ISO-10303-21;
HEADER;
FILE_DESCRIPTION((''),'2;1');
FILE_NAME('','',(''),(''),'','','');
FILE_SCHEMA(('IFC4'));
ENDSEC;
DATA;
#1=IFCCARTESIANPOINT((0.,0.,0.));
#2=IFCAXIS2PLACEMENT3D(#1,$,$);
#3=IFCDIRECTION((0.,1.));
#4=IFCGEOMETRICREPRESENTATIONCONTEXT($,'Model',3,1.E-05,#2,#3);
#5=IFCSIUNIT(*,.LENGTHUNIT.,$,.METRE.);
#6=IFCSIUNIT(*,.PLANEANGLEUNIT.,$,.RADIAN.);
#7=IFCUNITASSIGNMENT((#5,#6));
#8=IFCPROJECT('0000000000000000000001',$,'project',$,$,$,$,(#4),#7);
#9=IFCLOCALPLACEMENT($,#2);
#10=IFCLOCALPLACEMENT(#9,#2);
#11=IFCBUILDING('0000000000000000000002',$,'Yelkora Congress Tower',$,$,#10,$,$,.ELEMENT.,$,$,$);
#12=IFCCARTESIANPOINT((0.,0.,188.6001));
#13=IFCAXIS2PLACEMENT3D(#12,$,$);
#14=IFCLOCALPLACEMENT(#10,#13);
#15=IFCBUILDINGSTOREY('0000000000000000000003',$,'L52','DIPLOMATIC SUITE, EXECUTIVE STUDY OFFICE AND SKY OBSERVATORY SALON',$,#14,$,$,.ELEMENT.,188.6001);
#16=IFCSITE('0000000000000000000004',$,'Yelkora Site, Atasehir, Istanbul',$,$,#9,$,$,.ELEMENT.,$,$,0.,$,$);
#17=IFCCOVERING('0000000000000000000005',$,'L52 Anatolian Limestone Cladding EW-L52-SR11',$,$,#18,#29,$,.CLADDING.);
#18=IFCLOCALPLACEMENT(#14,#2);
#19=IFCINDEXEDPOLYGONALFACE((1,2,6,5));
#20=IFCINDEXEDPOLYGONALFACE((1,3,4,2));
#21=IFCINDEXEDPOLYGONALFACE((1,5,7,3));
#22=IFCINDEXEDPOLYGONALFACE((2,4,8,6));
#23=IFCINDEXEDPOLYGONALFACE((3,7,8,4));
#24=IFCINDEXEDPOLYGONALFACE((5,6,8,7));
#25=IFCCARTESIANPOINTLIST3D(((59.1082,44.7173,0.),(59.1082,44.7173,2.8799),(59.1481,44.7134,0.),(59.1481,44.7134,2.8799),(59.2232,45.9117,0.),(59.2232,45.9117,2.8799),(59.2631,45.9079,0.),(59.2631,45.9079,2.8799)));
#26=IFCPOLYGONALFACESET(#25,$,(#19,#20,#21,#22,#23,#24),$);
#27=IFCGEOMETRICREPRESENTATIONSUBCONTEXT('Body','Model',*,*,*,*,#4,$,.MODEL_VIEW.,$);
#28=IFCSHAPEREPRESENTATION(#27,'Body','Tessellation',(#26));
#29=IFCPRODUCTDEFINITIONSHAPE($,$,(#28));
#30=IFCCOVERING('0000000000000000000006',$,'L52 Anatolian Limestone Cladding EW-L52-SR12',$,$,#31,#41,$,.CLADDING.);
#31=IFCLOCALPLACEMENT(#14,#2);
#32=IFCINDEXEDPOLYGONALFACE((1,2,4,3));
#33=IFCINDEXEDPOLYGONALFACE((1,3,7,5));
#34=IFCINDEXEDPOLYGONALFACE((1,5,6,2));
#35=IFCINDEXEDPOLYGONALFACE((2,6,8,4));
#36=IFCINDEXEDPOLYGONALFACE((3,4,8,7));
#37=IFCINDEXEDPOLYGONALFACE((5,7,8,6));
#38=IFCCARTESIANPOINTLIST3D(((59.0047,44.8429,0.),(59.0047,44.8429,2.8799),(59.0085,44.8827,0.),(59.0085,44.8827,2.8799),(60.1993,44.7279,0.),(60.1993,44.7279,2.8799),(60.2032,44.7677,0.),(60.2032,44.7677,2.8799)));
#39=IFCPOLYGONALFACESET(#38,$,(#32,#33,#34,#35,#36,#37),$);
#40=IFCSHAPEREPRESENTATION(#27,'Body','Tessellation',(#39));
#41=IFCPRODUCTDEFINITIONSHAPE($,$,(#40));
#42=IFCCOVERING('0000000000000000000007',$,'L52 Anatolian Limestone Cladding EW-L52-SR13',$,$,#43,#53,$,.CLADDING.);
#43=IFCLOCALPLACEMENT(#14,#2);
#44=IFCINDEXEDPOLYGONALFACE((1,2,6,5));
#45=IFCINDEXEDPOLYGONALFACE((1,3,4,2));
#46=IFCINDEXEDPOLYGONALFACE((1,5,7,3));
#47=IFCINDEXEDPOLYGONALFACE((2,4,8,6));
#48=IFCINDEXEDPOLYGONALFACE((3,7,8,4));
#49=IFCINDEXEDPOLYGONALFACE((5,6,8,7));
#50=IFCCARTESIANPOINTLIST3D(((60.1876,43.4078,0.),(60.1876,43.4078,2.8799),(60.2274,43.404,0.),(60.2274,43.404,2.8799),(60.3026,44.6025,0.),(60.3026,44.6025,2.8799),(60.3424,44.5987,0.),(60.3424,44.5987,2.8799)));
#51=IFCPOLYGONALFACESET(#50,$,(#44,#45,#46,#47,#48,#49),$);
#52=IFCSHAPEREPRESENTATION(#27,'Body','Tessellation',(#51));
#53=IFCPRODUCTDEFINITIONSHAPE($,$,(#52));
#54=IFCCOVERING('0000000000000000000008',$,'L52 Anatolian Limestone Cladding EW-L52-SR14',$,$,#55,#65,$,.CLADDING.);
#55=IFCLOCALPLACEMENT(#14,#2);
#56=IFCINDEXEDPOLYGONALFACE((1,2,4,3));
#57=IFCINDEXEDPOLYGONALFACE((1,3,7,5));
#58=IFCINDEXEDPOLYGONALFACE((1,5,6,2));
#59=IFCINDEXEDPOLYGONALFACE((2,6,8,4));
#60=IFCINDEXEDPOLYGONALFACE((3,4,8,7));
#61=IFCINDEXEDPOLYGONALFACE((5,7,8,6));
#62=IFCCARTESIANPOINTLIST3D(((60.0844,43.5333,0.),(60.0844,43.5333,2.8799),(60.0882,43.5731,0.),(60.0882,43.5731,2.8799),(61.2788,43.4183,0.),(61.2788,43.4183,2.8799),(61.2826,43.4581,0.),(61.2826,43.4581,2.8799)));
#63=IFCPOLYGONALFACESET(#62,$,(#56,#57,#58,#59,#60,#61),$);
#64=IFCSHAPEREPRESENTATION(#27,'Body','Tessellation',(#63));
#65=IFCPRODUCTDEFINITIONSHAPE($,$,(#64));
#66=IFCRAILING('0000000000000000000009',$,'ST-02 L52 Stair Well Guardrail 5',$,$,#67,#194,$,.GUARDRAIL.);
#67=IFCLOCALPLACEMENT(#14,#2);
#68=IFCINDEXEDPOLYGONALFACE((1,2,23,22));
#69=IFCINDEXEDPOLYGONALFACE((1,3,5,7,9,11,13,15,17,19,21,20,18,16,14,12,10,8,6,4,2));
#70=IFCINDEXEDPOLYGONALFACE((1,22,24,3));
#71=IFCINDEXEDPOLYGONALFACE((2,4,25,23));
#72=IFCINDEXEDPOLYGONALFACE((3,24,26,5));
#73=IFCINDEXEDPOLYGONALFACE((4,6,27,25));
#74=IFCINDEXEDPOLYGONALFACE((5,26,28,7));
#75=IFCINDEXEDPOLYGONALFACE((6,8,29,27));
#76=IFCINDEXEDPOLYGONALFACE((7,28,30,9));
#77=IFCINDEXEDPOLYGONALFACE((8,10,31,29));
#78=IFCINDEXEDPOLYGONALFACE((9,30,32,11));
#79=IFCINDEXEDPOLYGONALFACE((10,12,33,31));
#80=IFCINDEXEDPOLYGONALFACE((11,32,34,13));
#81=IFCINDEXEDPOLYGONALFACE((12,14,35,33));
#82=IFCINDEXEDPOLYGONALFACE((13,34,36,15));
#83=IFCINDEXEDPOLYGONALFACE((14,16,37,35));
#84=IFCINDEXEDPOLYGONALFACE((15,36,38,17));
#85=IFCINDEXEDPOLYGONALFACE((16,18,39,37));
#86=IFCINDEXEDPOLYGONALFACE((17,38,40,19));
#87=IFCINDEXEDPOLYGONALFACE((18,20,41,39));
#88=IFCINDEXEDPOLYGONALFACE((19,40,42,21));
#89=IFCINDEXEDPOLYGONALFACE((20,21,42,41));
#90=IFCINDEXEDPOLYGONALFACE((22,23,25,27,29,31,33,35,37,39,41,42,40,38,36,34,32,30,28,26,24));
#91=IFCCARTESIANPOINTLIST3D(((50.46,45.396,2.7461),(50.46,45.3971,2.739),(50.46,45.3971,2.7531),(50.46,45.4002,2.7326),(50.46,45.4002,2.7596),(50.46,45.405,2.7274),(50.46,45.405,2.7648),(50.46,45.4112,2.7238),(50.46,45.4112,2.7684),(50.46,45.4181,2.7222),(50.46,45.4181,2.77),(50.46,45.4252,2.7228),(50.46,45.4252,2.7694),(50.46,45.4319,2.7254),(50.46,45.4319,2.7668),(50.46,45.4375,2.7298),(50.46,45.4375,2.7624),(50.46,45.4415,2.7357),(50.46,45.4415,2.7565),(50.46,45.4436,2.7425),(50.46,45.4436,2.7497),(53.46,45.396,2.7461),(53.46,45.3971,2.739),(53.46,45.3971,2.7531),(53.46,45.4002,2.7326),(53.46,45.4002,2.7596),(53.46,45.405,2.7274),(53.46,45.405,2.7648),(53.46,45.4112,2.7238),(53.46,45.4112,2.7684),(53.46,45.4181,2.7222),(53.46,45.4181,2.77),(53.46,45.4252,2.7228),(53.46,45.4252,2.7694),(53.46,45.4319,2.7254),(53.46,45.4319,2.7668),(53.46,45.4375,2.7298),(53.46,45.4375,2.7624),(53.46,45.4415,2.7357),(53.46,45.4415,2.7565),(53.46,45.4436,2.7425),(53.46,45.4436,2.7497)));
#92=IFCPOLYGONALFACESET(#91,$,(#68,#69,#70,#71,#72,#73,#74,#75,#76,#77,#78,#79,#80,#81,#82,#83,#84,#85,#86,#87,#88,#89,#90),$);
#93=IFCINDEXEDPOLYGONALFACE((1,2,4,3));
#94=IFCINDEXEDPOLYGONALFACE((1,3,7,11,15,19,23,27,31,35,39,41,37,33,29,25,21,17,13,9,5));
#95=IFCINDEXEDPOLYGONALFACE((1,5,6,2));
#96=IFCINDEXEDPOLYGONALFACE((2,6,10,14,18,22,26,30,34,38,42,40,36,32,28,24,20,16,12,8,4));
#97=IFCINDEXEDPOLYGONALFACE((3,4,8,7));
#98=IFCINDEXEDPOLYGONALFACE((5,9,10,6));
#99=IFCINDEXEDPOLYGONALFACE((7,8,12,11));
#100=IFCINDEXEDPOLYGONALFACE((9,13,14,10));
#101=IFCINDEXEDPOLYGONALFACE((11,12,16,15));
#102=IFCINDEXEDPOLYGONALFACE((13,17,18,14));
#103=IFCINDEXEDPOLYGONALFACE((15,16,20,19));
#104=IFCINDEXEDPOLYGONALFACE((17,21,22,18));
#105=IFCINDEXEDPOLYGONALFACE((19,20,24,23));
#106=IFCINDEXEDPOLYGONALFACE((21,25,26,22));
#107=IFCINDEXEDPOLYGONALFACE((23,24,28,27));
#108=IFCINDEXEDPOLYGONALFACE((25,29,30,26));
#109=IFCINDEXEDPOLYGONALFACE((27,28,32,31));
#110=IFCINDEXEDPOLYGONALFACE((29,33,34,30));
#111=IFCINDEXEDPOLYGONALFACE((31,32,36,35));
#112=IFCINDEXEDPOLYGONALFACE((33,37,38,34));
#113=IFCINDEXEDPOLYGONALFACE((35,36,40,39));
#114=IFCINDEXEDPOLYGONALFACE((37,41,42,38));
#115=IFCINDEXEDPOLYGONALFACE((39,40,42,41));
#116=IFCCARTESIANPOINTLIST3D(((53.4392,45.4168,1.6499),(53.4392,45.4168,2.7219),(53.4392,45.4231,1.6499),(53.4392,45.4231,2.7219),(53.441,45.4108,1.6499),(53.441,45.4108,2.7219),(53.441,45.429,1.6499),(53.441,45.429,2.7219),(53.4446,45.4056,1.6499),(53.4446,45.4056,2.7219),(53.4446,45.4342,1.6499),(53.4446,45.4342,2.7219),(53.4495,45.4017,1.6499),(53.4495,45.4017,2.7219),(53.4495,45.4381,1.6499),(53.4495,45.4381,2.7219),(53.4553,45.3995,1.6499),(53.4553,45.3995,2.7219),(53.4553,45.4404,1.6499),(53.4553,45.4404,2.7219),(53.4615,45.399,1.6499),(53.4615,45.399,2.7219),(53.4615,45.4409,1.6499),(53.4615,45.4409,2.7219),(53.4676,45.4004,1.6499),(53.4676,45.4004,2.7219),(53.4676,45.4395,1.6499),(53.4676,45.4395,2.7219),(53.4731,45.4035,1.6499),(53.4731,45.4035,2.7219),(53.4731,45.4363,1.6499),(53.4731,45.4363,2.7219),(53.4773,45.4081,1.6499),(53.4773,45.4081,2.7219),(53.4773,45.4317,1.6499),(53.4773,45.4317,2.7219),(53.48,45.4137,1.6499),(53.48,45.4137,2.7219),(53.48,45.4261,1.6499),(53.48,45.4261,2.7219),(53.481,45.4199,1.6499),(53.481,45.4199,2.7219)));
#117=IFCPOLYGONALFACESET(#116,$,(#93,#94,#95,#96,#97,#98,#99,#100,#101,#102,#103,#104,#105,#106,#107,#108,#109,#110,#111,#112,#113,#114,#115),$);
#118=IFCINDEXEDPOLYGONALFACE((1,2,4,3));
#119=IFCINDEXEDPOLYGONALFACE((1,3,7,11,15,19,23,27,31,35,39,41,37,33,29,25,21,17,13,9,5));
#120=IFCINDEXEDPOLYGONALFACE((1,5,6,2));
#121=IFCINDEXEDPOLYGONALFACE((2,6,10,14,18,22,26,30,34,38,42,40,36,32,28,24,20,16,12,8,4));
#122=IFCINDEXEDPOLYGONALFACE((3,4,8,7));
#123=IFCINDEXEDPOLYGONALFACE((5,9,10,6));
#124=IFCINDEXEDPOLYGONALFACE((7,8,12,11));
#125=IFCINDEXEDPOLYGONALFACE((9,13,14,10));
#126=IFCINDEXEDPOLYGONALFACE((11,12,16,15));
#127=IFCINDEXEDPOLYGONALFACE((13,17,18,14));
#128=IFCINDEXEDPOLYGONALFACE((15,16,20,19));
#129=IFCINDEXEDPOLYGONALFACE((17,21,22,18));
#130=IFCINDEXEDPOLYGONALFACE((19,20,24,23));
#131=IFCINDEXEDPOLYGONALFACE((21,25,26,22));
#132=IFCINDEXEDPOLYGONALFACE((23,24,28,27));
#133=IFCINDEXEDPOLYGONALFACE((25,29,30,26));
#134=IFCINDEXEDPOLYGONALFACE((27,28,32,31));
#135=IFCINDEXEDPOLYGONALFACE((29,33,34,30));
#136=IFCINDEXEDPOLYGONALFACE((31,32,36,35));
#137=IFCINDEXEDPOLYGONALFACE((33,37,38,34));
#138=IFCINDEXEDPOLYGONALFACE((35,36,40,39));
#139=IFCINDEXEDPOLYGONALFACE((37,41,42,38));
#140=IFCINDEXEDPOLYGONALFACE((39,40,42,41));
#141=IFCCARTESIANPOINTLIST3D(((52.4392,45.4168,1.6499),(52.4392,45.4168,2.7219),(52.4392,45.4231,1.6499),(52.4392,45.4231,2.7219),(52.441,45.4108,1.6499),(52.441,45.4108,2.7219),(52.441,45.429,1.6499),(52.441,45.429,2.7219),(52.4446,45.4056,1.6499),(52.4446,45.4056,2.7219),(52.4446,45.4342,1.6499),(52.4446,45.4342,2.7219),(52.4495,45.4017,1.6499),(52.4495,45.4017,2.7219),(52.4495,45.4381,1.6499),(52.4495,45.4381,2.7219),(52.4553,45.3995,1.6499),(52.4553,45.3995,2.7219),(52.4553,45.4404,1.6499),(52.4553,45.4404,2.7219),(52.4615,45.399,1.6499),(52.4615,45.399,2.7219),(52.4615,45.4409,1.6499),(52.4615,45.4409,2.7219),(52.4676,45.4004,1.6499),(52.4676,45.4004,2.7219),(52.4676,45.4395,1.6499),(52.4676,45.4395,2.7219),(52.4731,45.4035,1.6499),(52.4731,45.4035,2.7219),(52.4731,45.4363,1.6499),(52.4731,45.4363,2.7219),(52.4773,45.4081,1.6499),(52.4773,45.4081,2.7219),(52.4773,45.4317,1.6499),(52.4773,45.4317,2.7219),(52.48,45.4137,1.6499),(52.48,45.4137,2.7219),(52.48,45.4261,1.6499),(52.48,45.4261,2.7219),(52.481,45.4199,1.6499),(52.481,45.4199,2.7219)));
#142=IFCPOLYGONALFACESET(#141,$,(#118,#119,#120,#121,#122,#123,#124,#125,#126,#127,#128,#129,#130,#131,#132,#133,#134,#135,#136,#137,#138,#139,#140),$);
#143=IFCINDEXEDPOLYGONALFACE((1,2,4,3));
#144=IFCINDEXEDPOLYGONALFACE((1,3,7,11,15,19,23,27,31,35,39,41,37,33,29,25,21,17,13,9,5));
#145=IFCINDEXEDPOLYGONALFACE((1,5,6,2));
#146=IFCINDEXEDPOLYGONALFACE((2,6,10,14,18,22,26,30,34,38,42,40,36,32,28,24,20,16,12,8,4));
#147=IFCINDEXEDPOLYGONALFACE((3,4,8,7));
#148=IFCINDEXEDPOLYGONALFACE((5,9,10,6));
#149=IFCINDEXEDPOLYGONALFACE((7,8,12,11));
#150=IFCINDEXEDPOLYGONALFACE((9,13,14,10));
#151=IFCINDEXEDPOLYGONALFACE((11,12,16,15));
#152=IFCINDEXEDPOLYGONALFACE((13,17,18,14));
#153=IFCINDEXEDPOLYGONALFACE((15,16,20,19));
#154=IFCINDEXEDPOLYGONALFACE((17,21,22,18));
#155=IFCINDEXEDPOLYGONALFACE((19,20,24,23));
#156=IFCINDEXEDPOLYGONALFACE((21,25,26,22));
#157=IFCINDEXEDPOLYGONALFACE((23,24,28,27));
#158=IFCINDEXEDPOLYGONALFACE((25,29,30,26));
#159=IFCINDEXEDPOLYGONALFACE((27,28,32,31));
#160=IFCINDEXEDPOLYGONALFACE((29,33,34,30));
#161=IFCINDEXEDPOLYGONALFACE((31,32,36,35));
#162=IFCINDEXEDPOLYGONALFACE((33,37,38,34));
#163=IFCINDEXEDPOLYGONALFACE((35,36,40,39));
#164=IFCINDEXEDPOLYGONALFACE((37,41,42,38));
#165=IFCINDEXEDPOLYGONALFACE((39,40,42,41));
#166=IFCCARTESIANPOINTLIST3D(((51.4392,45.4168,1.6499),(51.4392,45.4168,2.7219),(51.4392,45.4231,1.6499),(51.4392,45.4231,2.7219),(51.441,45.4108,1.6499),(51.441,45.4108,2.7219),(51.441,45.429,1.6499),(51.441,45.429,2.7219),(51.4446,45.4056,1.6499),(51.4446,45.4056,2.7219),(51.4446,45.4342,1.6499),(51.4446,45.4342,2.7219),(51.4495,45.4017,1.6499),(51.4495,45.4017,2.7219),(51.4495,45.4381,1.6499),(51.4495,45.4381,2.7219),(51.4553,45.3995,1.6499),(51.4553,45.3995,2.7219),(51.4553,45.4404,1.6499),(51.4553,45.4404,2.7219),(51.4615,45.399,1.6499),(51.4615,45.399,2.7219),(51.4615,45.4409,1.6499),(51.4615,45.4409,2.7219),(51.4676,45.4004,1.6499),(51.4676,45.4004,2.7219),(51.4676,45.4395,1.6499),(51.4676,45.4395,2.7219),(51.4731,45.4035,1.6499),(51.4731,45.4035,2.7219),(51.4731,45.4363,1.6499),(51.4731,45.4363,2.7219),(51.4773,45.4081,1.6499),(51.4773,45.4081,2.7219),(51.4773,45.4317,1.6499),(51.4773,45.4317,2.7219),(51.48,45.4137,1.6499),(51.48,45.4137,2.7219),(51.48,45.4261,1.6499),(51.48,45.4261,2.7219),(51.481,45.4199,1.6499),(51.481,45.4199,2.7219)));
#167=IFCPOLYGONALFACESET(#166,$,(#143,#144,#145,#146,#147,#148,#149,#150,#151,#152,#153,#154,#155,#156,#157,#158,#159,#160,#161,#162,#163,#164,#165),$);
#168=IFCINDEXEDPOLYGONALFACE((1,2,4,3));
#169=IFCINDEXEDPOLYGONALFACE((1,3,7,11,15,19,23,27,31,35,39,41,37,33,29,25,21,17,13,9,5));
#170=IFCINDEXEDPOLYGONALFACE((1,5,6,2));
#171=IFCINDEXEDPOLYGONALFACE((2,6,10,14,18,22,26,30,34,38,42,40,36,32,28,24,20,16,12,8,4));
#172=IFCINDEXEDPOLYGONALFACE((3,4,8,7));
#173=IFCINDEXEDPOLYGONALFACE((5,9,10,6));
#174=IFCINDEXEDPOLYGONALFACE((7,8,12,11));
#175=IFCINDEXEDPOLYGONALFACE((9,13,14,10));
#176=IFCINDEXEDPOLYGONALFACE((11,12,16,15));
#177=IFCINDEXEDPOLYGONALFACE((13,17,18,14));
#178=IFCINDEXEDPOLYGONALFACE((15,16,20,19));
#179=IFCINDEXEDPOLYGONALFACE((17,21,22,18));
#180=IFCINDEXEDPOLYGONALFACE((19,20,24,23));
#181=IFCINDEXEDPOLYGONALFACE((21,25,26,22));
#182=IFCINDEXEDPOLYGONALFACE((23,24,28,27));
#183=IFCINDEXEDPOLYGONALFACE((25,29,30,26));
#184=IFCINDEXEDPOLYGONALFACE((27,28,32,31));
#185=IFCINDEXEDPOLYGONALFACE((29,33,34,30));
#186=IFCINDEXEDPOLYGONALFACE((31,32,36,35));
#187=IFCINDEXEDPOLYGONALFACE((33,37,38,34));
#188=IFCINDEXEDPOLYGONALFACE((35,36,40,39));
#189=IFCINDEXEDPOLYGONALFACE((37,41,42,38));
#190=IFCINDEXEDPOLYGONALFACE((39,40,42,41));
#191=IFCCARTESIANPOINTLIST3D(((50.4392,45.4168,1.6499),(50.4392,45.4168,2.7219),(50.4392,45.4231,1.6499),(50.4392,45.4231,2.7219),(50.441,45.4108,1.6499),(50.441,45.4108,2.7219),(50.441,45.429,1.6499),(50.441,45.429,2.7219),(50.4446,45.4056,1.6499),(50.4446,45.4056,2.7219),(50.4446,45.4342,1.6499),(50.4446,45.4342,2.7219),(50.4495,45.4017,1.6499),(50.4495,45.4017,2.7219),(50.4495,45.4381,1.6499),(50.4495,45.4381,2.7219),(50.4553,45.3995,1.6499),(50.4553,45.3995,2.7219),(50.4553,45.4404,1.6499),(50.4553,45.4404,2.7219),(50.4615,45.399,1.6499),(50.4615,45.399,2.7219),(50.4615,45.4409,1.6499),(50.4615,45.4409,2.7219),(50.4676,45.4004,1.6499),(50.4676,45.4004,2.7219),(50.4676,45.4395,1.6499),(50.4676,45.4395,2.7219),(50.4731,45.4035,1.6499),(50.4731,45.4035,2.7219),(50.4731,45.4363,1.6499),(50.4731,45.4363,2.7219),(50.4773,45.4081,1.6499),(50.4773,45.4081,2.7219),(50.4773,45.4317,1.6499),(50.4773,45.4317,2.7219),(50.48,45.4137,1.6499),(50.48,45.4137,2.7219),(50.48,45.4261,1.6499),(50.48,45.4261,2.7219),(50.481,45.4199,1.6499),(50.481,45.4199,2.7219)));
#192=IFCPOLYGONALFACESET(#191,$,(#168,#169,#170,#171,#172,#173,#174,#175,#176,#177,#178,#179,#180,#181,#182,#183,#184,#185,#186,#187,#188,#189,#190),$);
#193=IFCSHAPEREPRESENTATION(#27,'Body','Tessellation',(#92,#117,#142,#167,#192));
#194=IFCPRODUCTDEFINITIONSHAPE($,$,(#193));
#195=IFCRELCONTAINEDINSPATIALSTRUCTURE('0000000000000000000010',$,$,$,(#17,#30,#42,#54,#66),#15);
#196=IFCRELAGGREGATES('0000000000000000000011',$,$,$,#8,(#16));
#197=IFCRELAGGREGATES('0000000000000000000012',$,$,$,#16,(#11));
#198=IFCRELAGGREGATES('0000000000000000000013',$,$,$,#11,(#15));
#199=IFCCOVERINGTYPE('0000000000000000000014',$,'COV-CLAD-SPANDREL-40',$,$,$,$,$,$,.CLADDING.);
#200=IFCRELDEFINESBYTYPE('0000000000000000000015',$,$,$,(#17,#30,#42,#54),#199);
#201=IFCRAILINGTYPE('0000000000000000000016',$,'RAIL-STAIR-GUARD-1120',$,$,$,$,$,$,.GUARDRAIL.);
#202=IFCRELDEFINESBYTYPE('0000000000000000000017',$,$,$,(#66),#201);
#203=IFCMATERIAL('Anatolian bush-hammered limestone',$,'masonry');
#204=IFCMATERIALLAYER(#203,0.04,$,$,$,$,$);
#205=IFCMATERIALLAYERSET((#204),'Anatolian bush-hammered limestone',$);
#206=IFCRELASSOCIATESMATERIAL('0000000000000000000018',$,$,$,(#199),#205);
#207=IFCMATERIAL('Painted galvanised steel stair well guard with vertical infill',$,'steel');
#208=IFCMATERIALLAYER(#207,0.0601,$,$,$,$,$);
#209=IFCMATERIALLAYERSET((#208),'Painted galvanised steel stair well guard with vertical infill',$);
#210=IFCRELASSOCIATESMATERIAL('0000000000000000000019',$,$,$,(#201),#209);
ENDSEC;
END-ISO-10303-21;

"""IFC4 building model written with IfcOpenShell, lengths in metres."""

from ifc_helpers import new_model, si_unit, direction, frame, frame_2d, origin, origin_2d, place, context, subcontext, project, spatial, rectangle, circle, extrude, material, layer, layer_set, type_object, element, save


model = new_model("IFC4")

# Units and contexts
model_context = context("Model", 3, precision=1e-05, world=origin(), true_north=direction((0.0, 1.0)))
body_context = subcontext(model_context, "Body", "Model", "MODEL_VIEW")
ifc_project = project(units=[si_unit("LENGTHUNIT", "METRE"), si_unit("PLANEANGLEUNIT", "RADIAN")], contexts=[model_context])

# Site, building, storey
site_placement = place(None, origin())
site = spatial("IfcSite", under=ifc_project, at=site_placement, Name="Yelkora Site, Atasehir, Istanbul", CompositionType="ELEMENT", RefElevation=0.0)
building_placement = place(site_placement, origin())
building = spatial("IfcBuilding", under=site, at=building_placement, Name="Yelkora Congress Tower", CompositionType="ELEMENT")
storey_placement = place(building_placement, frame((0.0, 0.0, 188.6001)))
storey = spatial("IfcBuildingStorey", under=building, at=storey_placement, Name="L52", Description="DIPLOMATIC SUITE, EXECUTIVE STUDY OFFICE AND SKY OBSERVATORY SALON", CompositionType="ELEMENT", Elevation=188.6001)

# Coverings
ifc_material_1 = material(Name="Anatolian bush-hammered limestone", Category="masonry")
ifc_layer_1 = layer(ifc_material_1, 0.04)
ifc_layer_set_1 = layer_set([ifc_layer_1], Name="Anatolian bush-hammered limestone")
covering_type = type_object("IfcCoveringType", Name="COV-CLAD-SPANDREL-40", PredefinedType="CLADDING", material=ifc_layer_set_1)
covering_1_placement = place(storey_placement, frame((59.2432, 45.9099, 0.0), z_axis=(0.0, 0.0, 1.0), x_axis=(-0.095836, -0.995397, 0.0)))
element("IfcCovering", 1, at=covering_1_placement, inside=storey, type_object=covering_type, Name="L52 Anatolian Limestone Cladding EW-L52-SR11", PredefinedType="CLADDING", context=body_context, shape_type="SweptSolid", body=[
    extrude(rectangle(XDim=1.2, YDim=0.04, at=frame_2d((0.6001, 0.0))), origin(), (0.0, 0.0, 1.0), 2.8799),
])
for number, where, z_axis, x_axis, name in (
    (2, (59.0066, 44.8628, 0.0), (0.0, 0.0, 1.0), (0.995399, -0.095817, 0.0), "L52 Anatolian Limestone Cladding EW-L52-SR12"),
    (3, (60.3225, 44.6006, 0.0), (0.0, 0.0, 1.0), (-0.095817, -0.995399, 0.0), "L52 Anatolian Limestone Cladding EW-L52-SR13"),
):
    element("IfcCovering", number, at=place(storey_placement, frame(where, z_axis=z_axis, x_axis=x_axis)), inside=storey, type_object=covering_type, Name=name, PredefinedType="CLADDING", context=body_context, shape_type="SweptSolid", body=[
        extrude(rectangle(XDim=1.2002, YDim=0.04, at=frame_2d((0.6001, 0.0))), origin(), (0.0, 0.0, 1.0), 2.8799),
    ])
covering_2_placement = place(storey_placement, frame((60.0862, 43.5532, 0.0), z_axis=(0.0, 0.0, 1.0), x_axis=(0.995397, -0.095836, 0.0)))
element("IfcCovering", 4, at=covering_2_placement, inside=storey, type_object=covering_type, Name="L52 Anatolian Limestone Cladding EW-L52-SR14", PredefinedType="CLADDING", context=body_context, shape_type="SweptSolid", body=[
    extrude(rectangle(XDim=1.2, YDim=0.04, at=frame_2d((0.6001, 0.0))), origin(), (0.0, 0.0, 1.0), 2.8799),
])

# Railing
ifc_material_2 = material(Name="Painted galvanised steel stair well guard with vertical infill", Category="steel")
ifc_layer_2 = layer(ifc_material_2, 0.0601)
ifc_layer_set_2 = layer_set([ifc_layer_2], Name="Painted galvanised steel stair well guard with vertical infill")
railing_type = type_object("IfcRailingType", Name="RAIL-STAIR-GUARD-1120", PredefinedType="GUARDRAIL", material=ifc_layer_set_2)
railing_1_placement = place(storey_placement, frame((53.46, 45.4199, 1.6499)))
element("IfcRailing", 5, at=railing_1_placement, inside=storey, type_object=railing_type, Name="ST-02 L52 Stair Well Guardrail 5", PredefinedType="GUARDRAIL", context=body_context, shape_type="SweptSolid", body=[
    extrude(circle(Radius=0.0239, at=origin_2d()), frame((0.0, 0.0, 1.0962), z_axis=(-1.0, 0.0, 0.0), x_axis=(0.0, -1.0, 0.0)), (0.0, 0.0, 1.0), 3.0),
    extrude(circle(Radius=0.021, at=origin_2d()), origin(), (0.0, 0.0, 1.0), 1.072),
    extrude(circle(Radius=0.021, at=origin_2d()), frame((-1.0, 0.0, 0.0)), (0.0, 0.0, 1.0), 1.072),
    extrude(circle(Radius=0.021, at=origin_2d()), frame((-2.0, 0.0, 0.0)), (0.0, 0.0, 1.0), 1.072),
    extrude(circle(Radius=0.021, at=origin_2d()), frame((-3.0, 0.0, 0.0)), (0.0, 0.0, 1.0), 1.072),
])

save(model, "model.ifc")
